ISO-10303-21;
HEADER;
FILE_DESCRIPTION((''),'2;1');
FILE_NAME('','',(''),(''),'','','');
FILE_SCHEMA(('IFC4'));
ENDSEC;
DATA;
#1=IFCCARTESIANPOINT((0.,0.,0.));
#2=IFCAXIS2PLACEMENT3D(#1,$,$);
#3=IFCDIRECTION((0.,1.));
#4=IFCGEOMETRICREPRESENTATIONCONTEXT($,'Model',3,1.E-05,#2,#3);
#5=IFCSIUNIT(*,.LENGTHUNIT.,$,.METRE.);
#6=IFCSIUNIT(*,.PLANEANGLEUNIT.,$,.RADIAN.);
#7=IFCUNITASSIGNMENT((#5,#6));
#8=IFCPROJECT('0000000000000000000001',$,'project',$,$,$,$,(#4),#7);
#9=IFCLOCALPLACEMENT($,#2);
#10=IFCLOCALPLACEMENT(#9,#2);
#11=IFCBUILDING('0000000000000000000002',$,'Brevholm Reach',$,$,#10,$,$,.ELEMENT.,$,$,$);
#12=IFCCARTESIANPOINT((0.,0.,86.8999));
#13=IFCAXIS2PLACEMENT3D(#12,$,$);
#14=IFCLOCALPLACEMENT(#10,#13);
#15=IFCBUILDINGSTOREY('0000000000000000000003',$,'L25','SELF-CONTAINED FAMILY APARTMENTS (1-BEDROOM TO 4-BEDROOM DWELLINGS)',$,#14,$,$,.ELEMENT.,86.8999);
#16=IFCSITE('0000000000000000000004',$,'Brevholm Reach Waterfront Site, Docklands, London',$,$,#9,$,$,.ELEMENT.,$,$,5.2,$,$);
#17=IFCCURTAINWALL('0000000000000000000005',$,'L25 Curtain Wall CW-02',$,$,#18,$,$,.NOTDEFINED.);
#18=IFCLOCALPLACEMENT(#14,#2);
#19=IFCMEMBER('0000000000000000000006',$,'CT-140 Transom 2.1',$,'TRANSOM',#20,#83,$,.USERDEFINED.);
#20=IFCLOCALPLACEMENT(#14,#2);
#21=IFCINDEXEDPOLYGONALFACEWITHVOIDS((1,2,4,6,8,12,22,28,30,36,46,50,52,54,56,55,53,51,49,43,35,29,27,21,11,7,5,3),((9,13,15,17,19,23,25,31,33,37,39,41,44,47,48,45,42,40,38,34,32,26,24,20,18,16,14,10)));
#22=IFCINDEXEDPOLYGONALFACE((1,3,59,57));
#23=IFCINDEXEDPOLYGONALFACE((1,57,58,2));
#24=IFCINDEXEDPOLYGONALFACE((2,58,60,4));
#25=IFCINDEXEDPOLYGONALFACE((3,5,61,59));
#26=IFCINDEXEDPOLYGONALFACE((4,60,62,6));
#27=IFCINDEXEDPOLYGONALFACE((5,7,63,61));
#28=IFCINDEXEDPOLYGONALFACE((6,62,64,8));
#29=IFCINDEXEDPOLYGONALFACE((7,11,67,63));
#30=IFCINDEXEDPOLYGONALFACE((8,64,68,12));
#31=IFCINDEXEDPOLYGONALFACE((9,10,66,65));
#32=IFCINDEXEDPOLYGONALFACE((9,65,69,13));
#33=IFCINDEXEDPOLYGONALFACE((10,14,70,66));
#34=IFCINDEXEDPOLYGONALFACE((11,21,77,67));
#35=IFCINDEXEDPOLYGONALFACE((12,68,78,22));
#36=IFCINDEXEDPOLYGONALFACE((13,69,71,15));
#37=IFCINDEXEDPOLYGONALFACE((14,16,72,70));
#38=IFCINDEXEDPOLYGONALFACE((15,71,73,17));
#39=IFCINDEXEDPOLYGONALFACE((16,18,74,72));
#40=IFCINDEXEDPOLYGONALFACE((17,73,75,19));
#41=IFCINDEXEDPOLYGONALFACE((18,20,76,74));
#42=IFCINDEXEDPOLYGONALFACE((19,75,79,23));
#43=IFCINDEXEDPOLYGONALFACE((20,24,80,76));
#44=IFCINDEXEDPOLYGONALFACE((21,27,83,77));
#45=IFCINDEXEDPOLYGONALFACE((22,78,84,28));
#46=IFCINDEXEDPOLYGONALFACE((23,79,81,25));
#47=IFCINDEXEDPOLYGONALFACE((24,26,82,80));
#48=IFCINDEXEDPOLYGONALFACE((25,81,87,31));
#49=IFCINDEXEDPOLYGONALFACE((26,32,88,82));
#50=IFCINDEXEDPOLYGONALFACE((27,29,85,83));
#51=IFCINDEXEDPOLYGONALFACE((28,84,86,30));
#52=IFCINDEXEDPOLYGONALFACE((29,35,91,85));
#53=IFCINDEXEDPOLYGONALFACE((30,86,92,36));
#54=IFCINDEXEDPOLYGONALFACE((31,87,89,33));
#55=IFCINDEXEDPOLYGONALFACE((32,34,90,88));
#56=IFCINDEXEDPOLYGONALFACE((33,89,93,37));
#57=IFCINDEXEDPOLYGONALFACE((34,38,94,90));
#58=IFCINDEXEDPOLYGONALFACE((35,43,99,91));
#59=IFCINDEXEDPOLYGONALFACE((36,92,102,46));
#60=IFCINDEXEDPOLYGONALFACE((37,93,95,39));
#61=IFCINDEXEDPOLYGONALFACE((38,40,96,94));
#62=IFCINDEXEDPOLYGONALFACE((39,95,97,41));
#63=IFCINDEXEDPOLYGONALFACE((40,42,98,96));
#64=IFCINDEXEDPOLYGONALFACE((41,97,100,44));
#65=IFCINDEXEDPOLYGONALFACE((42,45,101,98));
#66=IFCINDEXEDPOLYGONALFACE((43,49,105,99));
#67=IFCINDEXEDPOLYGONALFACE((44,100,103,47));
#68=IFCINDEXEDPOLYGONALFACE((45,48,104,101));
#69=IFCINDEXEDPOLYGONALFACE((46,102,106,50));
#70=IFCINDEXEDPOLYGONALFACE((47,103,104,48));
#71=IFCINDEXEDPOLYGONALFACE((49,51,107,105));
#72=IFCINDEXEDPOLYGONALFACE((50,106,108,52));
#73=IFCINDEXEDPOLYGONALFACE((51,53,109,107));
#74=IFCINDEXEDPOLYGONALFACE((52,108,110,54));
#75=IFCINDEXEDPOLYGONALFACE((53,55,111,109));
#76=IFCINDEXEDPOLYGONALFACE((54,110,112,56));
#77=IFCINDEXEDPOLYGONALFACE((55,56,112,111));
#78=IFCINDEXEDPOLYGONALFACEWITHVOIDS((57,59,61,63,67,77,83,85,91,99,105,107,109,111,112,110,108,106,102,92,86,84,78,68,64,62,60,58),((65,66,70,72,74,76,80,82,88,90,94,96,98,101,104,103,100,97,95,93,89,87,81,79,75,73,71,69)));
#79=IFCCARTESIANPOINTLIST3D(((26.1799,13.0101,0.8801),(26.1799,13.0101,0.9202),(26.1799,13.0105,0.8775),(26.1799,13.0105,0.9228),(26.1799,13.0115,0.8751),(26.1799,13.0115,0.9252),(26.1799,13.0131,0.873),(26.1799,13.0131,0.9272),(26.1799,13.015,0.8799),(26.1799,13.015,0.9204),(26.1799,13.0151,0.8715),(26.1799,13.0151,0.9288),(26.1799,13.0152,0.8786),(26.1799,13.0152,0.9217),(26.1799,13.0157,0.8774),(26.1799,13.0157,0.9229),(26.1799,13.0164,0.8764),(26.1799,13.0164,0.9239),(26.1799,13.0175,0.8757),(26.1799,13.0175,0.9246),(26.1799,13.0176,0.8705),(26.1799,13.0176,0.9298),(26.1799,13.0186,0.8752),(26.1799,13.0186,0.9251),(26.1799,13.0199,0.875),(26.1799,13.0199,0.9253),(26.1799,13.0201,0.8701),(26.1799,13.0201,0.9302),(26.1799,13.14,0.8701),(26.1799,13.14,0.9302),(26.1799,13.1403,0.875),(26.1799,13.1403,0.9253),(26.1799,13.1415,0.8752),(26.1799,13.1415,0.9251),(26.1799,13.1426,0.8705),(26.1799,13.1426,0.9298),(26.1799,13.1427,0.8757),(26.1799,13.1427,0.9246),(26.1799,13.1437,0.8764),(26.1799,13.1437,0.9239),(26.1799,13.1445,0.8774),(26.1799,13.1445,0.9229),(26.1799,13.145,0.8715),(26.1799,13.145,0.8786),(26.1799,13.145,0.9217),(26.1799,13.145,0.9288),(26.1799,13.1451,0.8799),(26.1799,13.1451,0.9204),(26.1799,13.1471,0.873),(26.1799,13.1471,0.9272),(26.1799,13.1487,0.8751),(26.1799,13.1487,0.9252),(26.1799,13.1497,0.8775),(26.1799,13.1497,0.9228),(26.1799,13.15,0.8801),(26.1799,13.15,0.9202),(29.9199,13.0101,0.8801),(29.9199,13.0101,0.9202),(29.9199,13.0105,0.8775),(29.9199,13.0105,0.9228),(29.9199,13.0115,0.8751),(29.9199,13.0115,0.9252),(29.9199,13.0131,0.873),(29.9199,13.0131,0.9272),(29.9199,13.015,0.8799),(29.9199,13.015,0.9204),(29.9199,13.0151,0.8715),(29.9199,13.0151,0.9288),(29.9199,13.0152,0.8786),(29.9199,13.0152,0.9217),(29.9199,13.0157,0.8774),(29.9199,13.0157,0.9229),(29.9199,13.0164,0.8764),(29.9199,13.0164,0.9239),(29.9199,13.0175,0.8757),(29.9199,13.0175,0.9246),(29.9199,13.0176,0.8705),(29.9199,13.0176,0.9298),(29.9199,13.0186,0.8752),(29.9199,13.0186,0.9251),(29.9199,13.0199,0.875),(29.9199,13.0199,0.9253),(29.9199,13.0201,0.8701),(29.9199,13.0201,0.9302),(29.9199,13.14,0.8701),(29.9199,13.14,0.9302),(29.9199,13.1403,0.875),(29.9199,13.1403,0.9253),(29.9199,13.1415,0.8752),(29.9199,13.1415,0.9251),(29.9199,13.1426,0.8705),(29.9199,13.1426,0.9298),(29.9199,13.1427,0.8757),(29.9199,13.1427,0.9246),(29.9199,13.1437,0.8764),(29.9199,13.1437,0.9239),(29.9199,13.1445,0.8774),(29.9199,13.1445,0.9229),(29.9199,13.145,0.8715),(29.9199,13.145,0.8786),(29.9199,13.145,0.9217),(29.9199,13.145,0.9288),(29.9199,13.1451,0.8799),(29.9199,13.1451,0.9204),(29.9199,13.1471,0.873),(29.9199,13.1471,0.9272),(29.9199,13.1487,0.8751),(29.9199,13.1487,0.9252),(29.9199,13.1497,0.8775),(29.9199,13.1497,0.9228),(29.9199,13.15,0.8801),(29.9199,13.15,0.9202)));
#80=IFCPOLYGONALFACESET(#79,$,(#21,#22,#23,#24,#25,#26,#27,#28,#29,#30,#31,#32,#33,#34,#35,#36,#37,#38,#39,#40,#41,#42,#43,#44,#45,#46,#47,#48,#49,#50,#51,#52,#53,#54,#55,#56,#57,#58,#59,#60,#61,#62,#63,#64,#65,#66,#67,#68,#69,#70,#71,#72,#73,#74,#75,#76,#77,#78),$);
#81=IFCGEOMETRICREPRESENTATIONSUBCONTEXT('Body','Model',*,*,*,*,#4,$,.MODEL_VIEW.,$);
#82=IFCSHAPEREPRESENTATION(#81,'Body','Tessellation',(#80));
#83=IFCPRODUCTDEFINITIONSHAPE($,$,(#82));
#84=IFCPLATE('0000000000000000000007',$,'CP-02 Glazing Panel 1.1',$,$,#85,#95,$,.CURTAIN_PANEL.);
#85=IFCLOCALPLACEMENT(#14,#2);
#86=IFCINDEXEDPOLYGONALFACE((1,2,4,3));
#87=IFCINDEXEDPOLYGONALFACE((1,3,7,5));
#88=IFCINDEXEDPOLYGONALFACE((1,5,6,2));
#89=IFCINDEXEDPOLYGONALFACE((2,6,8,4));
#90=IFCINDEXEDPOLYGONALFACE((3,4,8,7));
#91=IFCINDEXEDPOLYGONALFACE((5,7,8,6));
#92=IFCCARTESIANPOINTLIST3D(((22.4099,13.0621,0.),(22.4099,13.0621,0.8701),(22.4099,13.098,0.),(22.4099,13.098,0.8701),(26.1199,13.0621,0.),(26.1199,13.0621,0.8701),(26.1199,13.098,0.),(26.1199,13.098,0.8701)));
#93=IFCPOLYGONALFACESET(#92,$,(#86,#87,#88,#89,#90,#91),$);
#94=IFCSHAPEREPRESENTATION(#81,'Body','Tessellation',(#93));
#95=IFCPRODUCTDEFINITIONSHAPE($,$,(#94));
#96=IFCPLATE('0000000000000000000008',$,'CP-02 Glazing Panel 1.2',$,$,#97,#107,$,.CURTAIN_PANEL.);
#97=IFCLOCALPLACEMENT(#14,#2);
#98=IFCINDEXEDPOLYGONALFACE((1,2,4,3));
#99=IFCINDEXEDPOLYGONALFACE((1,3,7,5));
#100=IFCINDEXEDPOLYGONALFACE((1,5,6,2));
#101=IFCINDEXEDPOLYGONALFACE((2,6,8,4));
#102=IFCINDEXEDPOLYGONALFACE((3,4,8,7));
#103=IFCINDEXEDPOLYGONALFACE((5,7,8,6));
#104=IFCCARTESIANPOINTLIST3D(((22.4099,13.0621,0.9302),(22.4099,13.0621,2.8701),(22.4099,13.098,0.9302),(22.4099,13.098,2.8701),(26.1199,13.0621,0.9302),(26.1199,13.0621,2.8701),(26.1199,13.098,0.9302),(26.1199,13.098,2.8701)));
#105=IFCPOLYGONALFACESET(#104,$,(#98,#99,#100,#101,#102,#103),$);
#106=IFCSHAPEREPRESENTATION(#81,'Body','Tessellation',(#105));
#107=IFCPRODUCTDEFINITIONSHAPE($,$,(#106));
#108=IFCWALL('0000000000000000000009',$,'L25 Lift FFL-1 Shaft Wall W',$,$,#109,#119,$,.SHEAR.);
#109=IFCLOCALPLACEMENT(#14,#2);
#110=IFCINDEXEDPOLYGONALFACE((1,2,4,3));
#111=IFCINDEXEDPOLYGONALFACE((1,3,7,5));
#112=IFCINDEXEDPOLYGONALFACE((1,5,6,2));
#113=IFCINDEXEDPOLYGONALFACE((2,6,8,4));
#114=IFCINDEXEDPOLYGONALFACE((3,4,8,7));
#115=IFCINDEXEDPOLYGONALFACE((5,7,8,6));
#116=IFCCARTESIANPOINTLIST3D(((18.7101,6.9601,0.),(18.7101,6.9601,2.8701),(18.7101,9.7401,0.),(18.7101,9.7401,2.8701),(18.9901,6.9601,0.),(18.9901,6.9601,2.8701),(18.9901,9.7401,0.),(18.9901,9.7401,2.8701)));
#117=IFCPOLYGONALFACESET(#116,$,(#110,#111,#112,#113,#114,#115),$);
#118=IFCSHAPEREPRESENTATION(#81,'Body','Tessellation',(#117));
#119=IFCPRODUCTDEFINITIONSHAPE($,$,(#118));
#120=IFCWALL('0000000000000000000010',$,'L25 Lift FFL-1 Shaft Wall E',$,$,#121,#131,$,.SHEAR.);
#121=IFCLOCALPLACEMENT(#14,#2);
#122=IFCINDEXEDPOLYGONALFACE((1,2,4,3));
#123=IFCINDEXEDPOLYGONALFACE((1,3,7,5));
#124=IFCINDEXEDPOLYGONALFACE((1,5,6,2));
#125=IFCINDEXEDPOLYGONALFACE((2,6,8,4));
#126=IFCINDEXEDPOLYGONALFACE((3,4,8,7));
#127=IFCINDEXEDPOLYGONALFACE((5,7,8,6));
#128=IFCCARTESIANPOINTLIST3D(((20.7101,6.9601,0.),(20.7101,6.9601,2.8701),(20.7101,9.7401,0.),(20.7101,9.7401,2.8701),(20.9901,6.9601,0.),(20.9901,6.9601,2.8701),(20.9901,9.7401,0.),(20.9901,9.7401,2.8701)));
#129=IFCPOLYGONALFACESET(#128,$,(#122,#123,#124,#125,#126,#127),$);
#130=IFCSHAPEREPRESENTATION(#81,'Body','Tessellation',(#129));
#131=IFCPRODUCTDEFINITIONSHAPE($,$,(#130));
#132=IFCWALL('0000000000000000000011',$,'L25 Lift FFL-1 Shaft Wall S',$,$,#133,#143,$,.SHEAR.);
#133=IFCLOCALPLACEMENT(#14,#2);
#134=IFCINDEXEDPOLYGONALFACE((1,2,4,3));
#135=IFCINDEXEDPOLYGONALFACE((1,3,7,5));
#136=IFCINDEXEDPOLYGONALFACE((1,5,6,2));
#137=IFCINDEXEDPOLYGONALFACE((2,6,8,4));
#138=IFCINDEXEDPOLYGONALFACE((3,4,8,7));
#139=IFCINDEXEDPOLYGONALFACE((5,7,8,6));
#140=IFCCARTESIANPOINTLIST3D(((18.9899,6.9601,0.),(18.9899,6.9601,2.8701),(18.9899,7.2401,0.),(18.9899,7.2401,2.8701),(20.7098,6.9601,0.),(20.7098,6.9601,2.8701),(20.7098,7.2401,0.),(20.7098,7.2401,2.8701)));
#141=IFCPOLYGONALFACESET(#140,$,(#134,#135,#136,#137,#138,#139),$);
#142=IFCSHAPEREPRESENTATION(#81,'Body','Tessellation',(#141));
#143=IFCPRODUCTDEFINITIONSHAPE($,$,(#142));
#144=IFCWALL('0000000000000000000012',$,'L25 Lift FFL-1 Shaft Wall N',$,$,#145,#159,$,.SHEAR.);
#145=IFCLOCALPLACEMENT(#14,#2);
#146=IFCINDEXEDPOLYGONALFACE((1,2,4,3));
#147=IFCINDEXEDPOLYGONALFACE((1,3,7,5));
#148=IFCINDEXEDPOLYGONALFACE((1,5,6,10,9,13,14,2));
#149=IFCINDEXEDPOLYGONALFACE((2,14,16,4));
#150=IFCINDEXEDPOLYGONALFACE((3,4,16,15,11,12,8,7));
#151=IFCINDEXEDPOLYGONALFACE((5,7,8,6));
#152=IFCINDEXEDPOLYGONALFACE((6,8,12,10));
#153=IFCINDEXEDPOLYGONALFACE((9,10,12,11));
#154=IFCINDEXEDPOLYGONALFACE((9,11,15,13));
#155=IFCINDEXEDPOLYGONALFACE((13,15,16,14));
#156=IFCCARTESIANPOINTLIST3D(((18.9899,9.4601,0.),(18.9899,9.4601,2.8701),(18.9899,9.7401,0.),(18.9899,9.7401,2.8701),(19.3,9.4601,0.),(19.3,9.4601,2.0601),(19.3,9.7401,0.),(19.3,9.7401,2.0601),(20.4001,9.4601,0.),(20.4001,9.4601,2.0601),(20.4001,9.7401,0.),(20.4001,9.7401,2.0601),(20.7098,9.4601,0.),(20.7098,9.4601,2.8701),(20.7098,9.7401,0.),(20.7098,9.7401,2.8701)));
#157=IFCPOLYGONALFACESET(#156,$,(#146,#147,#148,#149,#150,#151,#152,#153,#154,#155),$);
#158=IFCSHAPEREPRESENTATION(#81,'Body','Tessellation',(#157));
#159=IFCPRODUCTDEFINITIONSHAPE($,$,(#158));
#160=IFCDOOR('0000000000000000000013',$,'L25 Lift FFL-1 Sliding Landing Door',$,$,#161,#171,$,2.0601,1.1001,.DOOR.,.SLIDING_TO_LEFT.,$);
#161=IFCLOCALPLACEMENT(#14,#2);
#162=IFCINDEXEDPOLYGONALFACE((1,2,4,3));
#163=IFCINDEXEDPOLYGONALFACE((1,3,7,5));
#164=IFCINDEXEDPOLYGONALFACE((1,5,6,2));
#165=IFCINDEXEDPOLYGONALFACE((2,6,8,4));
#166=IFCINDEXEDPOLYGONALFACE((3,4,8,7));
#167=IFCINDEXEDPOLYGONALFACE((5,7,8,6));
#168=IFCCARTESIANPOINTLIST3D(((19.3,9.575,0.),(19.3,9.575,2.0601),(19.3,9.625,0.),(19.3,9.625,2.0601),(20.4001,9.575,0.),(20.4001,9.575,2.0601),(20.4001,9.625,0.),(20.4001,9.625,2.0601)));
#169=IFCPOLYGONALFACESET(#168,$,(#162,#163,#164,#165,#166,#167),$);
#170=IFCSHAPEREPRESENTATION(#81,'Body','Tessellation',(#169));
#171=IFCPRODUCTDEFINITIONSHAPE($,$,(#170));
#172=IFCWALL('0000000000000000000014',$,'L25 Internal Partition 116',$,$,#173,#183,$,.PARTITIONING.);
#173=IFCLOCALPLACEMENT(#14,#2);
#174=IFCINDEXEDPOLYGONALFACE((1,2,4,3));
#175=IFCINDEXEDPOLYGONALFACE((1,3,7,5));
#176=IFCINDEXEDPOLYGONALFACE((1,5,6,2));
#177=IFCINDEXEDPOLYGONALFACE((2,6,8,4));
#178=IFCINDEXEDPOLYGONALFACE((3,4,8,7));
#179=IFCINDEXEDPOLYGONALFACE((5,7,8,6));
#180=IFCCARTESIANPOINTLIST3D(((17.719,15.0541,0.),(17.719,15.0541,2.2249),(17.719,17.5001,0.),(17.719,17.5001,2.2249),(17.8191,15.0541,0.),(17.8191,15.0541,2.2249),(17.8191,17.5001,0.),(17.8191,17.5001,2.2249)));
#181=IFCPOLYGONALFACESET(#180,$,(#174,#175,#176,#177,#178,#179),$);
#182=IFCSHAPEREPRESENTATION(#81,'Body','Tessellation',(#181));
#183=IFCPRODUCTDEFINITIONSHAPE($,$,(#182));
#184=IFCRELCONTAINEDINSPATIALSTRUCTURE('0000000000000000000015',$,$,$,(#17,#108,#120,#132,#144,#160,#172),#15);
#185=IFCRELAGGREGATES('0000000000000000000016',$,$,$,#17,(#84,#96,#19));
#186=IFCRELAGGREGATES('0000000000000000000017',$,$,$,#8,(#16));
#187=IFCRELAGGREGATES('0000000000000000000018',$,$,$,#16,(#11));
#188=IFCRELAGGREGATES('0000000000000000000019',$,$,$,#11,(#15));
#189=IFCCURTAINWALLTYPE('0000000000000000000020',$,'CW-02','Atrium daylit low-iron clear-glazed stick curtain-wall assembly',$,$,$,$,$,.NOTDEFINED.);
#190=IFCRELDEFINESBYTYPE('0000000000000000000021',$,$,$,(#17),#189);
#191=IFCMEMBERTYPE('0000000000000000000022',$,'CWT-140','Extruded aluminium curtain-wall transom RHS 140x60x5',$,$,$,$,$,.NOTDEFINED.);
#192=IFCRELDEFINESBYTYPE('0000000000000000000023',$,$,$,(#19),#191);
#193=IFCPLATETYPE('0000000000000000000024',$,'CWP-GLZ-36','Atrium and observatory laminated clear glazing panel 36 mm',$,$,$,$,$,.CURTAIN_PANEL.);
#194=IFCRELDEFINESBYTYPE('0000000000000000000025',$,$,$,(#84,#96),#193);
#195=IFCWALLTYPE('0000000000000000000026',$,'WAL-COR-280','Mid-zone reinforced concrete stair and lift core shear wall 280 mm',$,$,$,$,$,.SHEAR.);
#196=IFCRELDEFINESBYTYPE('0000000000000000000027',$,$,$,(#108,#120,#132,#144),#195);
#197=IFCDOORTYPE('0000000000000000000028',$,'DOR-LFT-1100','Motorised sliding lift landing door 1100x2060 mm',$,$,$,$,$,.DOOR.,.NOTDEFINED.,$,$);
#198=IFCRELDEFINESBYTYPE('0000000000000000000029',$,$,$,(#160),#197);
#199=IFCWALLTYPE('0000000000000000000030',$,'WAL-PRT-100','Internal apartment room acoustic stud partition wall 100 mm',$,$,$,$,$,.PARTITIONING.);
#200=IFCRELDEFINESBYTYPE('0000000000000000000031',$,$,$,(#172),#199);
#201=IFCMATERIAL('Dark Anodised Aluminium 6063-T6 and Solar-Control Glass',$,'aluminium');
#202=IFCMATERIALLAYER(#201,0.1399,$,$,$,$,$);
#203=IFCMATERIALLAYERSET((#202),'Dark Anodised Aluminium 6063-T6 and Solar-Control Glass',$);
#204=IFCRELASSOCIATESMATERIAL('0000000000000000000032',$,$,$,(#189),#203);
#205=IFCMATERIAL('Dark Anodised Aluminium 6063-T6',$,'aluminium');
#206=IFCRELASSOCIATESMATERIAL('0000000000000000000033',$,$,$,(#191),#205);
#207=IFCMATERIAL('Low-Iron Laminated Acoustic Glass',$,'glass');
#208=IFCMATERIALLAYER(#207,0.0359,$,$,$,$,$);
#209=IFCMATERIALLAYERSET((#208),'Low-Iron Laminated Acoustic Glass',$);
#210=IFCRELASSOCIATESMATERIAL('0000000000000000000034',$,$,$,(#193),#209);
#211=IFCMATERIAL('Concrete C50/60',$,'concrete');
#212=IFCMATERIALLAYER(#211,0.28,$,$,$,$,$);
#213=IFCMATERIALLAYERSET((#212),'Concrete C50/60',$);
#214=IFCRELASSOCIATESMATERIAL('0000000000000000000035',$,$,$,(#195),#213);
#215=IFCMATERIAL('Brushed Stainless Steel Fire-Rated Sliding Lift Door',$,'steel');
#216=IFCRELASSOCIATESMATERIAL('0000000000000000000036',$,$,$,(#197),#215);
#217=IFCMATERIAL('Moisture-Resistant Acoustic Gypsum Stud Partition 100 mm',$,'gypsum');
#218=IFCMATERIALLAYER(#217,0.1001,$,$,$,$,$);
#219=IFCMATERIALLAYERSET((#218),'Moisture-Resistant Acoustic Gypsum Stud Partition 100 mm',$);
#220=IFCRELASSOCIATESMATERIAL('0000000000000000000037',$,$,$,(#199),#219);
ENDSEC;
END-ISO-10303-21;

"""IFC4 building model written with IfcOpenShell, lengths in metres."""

from ifc_helpers import new_model, si_unit, direction, frame, frame_2d, origin, origin_2d, place, context, subcontext, project, spatial, rectangle, hollow_rectangle, extrude, material, layer, layer_set, material_profile, profile_set, type_object, element, fill, aggregate, save


model = new_model("IFC4")

# Units and contexts
model_context = context("Model", 3, precision=1e-05, world=origin(), true_north=direction((0.0, 1.0)))
body_context = subcontext(model_context, "Body", "Model", "MODEL_VIEW")
ifc_project = project(units=[si_unit("LENGTHUNIT", "METRE"), si_unit("PLANEANGLEUNIT", "RADIAN")], contexts=[model_context])

# Site, building, storey
site_placement = place(None, origin())
site = spatial("IfcSite", under=ifc_project, at=site_placement, Name="Brevholm Reach Waterfront Site, Docklands, London", CompositionType="ELEMENT", RefElevation=5.2)
building_placement = place(site_placement, origin())
building = spatial("IfcBuilding", under=site, at=building_placement, Name="Brevholm Reach", CompositionType="ELEMENT")
storey_placement = place(building_placement, frame((0.0, 0.0, 86.8999)))
storey = spatial("IfcBuildingStorey", under=building, at=storey_placement, Name="L25", Description="SELF-CONTAINED FAMILY APARTMENTS (1-BEDROOM TO 4-BEDROOM DWELLINGS)", CompositionType="ELEMENT", Elevation=86.8999)

# Curtain wall, member, plates
ifc_material_1 = material(Name="Dark Anodised Aluminium 6063-T6 and Solar-Control Glass", Category="aluminium")
ifc_layer_1 = layer(ifc_material_1, 0.1399)
ifc_layer_set_1 = layer_set([ifc_layer_1], Name="Dark Anodised Aluminium 6063-T6 and Solar-Control Glass")
curtain_wall_type = type_object("IfcCurtainWallType", Name="CW-02", Description="Atrium daylit low-iron clear-glazed stick curtain-wall assembly", PredefinedType="NOTDEFINED", material=ifc_layer_set_1)
curtain_wall_placement = place(storey_placement, origin())
curtain_wall = element("IfcCurtainWall", 1, at=curtain_wall_placement, inside=storey, type_object=curtain_wall_type, Name="L25 Curtain Wall CW-02", PredefinedType="NOTDEFINED")
ifc_material_2 = material(Name="Dark Anodised Aluminium 6063-T6", Category="aluminium")
ifc_material_profile_1 = material_profile(ifc_material_2, hollow_rectangle(XDim=0.0601, YDim=0.1399, WallThickness=0.0049, InnerFilletRadius=0.0049, OuterFilletRadius=0.01, at=origin_2d()), Name="RHS 140x60x5")
ifc_profile_set_1 = profile_set([ifc_material_profile_1], Name="Dark Anodised Aluminium 6063-T6")
member_type_1 = type_object("IfcMemberType", Name="CWT-140", Description="Extruded aluminium curtain-wall transom RHS 140x60x5", PredefinedType="NOTDEFINED", material=ifc_profile_set_1)
member_1_placement = place(storey_placement, frame((26.1799, 13.0801, 0.9001), z_axis=(1.0, 0.0, 0.0), x_axis=(0.0, 0.0, 1.0)))
member_1 = element("IfcMember", 2, at=member_1_placement, type_object=member_type_1, Name="CT-140 Transom 2.1", ObjectType="TRANSOM", PredefinedType="USERDEFINED", context=body_context, shape_type="SweptSolid", body=[
    extrude(hollow_rectangle(XDim=0.0601, YDim=0.1399, WallThickness=0.0049, InnerFilletRadius=0.0049, OuterFilletRadius=0.01, at=origin_2d()), origin(), (0.0, 0.0, 1.0), 3.74),
])
ifc_material_3 = material(Name="Low-Iron Laminated Acoustic Glass", Category="glass")
ifc_layer_2 = layer(ifc_material_3, 0.0359)
ifc_layer_set_2 = layer_set([ifc_layer_2], Name="Low-Iron Laminated Acoustic Glass")
plate_type = type_object("IfcPlateType", Name="CWP-GLZ-36", Description="Atrium and observatory laminated clear glazing panel 36 mm", PredefinedType="CURTAIN_PANEL", material=ifc_layer_set_2)
plate_1_placement = place(storey_placement, frame((24.2649, 13.0801, 0.0), z_axis=(0.0, 0.0, 1.0), x_axis=(1.0, 0.0, 0.0)))
plate_1 = element("IfcPlate", 3, at=plate_1_placement, type_object=plate_type, Name="CP-02 Glazing Panel 1.1", PredefinedType="CURTAIN_PANEL", context=body_context, shape_type="SweptSolid", body=[
    extrude(rectangle(XDim=3.71, YDim=0.0359, at=origin_2d()), origin(), (0.0, 0.0, 1.0), 0.8701),
])
plate_2_placement = place(storey_placement, frame((24.2649, 13.0801, 0.9302), z_axis=(0.0, 0.0, 1.0), x_axis=(1.0, 0.0, 0.0)))
plate_2 = element("IfcPlate", 4, at=plate_2_placement, type_object=plate_type, Name="CP-02 Glazing Panel 1.2", PredefinedType="CURTAIN_PANEL", context=body_context, shape_type="SweptSolid", body=[
    extrude(rectangle(XDim=3.71, YDim=0.0359, at=origin_2d()), origin(), (0.0, 0.0, 1.0), 1.9399),
])
aggregate(curtain_wall, [plate_1, plate_2, member_1])

# Walls
ifc_material_4 = material(Name="Concrete C50/60", Category="concrete")
ifc_layer_3 = layer(ifc_material_4, 0.28)
ifc_layer_set_3 = layer_set([ifc_layer_3], Name="Concrete C50/60")
wall_type_1 = type_object("IfcWallType", Name="WAL-COR-280", Description="Mid-zone reinforced concrete stair and lift core shear wall 280 mm", PredefinedType="SHEAR", material=ifc_layer_set_3)
for number, where, z_axis, x_axis, name in (
    (5, (18.8501, 6.96, 0.0), (0.0, 0.0, 1.0), (0.0, 1.0, 0.0), "L25 Lift FFL-1 Shaft Wall W"),
    (6, (20.8501, 6.96, 0.0), (0.0, 0.0, 1.0), (0.0, 1.0, 0.0), "L25 Lift FFL-1 Shaft Wall E"),
):
    element("IfcWall", number, at=place(storey_placement, frame(where, z_axis=z_axis, x_axis=x_axis)), inside=storey, type_object=wall_type_1, Name=name, PredefinedType="SHEAR", context=body_context, shape_type="SweptSolid", body=[
        extrude(rectangle(XDim=2.78, YDim=0.28, at=frame_2d((1.3901, 0.0))), origin(), (0.0, 0.0, 1.0), 2.8701),
    ])
wall_1_placement = place(storey_placement, frame((18.99, 7.1001, 0.0), z_axis=(0.0, 0.0, 1.0), x_axis=(1.0, 0.0, 0.0)))
element("IfcWall", 7, at=wall_1_placement, inside=storey, type_object=wall_type_1, Name="L25 Lift FFL-1 Shaft Wall S", PredefinedType="SHEAR", context=body_context, shape_type="SweptSolid", body=[
    extrude(rectangle(XDim=1.72, YDim=0.28, at=frame_2d((0.8599, 0.0))), origin(), (0.0, 0.0, 1.0), 2.8701),
])

# Wall, opening, door
wall_2_placement = place(storey_placement, frame((18.99, 9.6001, 0.0), z_axis=(0.0, 0.0, 1.0), x_axis=(1.0, 0.0, 0.0)))
wall_2 = element("IfcWall", 8, at=wall_2_placement, inside=storey, type_object=wall_type_1, Name="L25 Lift FFL-1 Shaft Wall N", PredefinedType="SHEAR", context=body_context, shape_type="SweptSolid", body=[
    extrude(rectangle(XDim=1.72, YDim=0.28, at=frame_2d((0.8599, 0.0))), origin(), (0.0, 0.0, 1.0), 2.8701),
])
opening_1_placement = place(wall_2_placement, frame((0.3101, 0.0, 0.0)))
opening_1 = element("IfcOpeningElement", 9, at=opening_1_placement, cuts=wall_2, PredefinedType="OPENING", context=body_context, shape_type="SweptSolid", body=[
    extrude(rectangle(XDim=1.1001, YDim=2.0601, at=frame_2d((0.55, 1.03))), frame((0.0, 0.1499, 0.0), z_axis=(0.0, -1.0, 0.0), x_axis=(1.0, 0.0, 0.0)), (0.0, 0.0, 1.0), 0.3),
])
ifc_material_5 = material(Name="Brushed Stainless Steel Fire-Rated Sliding Lift Door", Category="steel")
door_type_1 = type_object("IfcDoorType", Name="DOR-LFT-1100", Description="Motorised sliding lift landing door 1100x2060 mm", OperationType="NOTDEFINED", PredefinedType="DOOR", material=ifc_material_5)
door_1_placement = place(opening_1_placement, origin())
door_1 = element("IfcDoor", 10, at=door_1_placement, inside=storey, type_object=door_type_1, Name="L25 Lift FFL-1 Sliding Landing Door", OperationType="SLIDING_TO_LEFT", OverallHeight=2.0601, OverallWidth=1.1001, PredefinedType="DOOR", context=body_context, shape_type="SweptSolid", body=[
    extrude(rectangle(XDim=1.1001, YDim=2.0601, at=frame_2d((0.55, 1.03))), frame((0.0, 0.0249, 0.0), z_axis=(0.0, -1.0, 0.0), x_axis=(1.0, 0.0, 0.0)), (0.0, 0.0, 1.0), 0.05),
])
fill(opening_1, door_1)

# Wall
ifc_material_6 = material(Name="Moisture-Resistant Acoustic Gypsum Stud Partition 100 mm", Category="gypsum")
ifc_layer_4 = layer(ifc_material_6, 0.1001)
ifc_layer_set_4 = layer_set([ifc_layer_4], Name="Moisture-Resistant Acoustic Gypsum Stud Partition 100 mm")
wall_type_2 = type_object("IfcWallType", Name="WAL-PRT-100", Description="Internal apartment room acoustic stud partition wall 100 mm", PredefinedType="PARTITIONING", material=ifc_layer_set_4)
wall_3_placement = place(storey_placement, frame((17.769, 15.054, 0.0), z_axis=(0.0, 0.0, 1.0), x_axis=(0.0, 1.0, 0.0)))
element("IfcWall", 11, at=wall_3_placement, inside=storey, type_object=wall_type_2, Name="L25 Internal Partition 116", PredefinedType="PARTITIONING", context=body_context, shape_type="SweptSolid", body=[
    extrude(rectangle(XDim=2.446, YDim=0.1001, at=frame_2d((1.2231, 0.0))), origin(), (0.0, 0.0, 1.0), 2.2249),
])

save(model, "model.ifc")
